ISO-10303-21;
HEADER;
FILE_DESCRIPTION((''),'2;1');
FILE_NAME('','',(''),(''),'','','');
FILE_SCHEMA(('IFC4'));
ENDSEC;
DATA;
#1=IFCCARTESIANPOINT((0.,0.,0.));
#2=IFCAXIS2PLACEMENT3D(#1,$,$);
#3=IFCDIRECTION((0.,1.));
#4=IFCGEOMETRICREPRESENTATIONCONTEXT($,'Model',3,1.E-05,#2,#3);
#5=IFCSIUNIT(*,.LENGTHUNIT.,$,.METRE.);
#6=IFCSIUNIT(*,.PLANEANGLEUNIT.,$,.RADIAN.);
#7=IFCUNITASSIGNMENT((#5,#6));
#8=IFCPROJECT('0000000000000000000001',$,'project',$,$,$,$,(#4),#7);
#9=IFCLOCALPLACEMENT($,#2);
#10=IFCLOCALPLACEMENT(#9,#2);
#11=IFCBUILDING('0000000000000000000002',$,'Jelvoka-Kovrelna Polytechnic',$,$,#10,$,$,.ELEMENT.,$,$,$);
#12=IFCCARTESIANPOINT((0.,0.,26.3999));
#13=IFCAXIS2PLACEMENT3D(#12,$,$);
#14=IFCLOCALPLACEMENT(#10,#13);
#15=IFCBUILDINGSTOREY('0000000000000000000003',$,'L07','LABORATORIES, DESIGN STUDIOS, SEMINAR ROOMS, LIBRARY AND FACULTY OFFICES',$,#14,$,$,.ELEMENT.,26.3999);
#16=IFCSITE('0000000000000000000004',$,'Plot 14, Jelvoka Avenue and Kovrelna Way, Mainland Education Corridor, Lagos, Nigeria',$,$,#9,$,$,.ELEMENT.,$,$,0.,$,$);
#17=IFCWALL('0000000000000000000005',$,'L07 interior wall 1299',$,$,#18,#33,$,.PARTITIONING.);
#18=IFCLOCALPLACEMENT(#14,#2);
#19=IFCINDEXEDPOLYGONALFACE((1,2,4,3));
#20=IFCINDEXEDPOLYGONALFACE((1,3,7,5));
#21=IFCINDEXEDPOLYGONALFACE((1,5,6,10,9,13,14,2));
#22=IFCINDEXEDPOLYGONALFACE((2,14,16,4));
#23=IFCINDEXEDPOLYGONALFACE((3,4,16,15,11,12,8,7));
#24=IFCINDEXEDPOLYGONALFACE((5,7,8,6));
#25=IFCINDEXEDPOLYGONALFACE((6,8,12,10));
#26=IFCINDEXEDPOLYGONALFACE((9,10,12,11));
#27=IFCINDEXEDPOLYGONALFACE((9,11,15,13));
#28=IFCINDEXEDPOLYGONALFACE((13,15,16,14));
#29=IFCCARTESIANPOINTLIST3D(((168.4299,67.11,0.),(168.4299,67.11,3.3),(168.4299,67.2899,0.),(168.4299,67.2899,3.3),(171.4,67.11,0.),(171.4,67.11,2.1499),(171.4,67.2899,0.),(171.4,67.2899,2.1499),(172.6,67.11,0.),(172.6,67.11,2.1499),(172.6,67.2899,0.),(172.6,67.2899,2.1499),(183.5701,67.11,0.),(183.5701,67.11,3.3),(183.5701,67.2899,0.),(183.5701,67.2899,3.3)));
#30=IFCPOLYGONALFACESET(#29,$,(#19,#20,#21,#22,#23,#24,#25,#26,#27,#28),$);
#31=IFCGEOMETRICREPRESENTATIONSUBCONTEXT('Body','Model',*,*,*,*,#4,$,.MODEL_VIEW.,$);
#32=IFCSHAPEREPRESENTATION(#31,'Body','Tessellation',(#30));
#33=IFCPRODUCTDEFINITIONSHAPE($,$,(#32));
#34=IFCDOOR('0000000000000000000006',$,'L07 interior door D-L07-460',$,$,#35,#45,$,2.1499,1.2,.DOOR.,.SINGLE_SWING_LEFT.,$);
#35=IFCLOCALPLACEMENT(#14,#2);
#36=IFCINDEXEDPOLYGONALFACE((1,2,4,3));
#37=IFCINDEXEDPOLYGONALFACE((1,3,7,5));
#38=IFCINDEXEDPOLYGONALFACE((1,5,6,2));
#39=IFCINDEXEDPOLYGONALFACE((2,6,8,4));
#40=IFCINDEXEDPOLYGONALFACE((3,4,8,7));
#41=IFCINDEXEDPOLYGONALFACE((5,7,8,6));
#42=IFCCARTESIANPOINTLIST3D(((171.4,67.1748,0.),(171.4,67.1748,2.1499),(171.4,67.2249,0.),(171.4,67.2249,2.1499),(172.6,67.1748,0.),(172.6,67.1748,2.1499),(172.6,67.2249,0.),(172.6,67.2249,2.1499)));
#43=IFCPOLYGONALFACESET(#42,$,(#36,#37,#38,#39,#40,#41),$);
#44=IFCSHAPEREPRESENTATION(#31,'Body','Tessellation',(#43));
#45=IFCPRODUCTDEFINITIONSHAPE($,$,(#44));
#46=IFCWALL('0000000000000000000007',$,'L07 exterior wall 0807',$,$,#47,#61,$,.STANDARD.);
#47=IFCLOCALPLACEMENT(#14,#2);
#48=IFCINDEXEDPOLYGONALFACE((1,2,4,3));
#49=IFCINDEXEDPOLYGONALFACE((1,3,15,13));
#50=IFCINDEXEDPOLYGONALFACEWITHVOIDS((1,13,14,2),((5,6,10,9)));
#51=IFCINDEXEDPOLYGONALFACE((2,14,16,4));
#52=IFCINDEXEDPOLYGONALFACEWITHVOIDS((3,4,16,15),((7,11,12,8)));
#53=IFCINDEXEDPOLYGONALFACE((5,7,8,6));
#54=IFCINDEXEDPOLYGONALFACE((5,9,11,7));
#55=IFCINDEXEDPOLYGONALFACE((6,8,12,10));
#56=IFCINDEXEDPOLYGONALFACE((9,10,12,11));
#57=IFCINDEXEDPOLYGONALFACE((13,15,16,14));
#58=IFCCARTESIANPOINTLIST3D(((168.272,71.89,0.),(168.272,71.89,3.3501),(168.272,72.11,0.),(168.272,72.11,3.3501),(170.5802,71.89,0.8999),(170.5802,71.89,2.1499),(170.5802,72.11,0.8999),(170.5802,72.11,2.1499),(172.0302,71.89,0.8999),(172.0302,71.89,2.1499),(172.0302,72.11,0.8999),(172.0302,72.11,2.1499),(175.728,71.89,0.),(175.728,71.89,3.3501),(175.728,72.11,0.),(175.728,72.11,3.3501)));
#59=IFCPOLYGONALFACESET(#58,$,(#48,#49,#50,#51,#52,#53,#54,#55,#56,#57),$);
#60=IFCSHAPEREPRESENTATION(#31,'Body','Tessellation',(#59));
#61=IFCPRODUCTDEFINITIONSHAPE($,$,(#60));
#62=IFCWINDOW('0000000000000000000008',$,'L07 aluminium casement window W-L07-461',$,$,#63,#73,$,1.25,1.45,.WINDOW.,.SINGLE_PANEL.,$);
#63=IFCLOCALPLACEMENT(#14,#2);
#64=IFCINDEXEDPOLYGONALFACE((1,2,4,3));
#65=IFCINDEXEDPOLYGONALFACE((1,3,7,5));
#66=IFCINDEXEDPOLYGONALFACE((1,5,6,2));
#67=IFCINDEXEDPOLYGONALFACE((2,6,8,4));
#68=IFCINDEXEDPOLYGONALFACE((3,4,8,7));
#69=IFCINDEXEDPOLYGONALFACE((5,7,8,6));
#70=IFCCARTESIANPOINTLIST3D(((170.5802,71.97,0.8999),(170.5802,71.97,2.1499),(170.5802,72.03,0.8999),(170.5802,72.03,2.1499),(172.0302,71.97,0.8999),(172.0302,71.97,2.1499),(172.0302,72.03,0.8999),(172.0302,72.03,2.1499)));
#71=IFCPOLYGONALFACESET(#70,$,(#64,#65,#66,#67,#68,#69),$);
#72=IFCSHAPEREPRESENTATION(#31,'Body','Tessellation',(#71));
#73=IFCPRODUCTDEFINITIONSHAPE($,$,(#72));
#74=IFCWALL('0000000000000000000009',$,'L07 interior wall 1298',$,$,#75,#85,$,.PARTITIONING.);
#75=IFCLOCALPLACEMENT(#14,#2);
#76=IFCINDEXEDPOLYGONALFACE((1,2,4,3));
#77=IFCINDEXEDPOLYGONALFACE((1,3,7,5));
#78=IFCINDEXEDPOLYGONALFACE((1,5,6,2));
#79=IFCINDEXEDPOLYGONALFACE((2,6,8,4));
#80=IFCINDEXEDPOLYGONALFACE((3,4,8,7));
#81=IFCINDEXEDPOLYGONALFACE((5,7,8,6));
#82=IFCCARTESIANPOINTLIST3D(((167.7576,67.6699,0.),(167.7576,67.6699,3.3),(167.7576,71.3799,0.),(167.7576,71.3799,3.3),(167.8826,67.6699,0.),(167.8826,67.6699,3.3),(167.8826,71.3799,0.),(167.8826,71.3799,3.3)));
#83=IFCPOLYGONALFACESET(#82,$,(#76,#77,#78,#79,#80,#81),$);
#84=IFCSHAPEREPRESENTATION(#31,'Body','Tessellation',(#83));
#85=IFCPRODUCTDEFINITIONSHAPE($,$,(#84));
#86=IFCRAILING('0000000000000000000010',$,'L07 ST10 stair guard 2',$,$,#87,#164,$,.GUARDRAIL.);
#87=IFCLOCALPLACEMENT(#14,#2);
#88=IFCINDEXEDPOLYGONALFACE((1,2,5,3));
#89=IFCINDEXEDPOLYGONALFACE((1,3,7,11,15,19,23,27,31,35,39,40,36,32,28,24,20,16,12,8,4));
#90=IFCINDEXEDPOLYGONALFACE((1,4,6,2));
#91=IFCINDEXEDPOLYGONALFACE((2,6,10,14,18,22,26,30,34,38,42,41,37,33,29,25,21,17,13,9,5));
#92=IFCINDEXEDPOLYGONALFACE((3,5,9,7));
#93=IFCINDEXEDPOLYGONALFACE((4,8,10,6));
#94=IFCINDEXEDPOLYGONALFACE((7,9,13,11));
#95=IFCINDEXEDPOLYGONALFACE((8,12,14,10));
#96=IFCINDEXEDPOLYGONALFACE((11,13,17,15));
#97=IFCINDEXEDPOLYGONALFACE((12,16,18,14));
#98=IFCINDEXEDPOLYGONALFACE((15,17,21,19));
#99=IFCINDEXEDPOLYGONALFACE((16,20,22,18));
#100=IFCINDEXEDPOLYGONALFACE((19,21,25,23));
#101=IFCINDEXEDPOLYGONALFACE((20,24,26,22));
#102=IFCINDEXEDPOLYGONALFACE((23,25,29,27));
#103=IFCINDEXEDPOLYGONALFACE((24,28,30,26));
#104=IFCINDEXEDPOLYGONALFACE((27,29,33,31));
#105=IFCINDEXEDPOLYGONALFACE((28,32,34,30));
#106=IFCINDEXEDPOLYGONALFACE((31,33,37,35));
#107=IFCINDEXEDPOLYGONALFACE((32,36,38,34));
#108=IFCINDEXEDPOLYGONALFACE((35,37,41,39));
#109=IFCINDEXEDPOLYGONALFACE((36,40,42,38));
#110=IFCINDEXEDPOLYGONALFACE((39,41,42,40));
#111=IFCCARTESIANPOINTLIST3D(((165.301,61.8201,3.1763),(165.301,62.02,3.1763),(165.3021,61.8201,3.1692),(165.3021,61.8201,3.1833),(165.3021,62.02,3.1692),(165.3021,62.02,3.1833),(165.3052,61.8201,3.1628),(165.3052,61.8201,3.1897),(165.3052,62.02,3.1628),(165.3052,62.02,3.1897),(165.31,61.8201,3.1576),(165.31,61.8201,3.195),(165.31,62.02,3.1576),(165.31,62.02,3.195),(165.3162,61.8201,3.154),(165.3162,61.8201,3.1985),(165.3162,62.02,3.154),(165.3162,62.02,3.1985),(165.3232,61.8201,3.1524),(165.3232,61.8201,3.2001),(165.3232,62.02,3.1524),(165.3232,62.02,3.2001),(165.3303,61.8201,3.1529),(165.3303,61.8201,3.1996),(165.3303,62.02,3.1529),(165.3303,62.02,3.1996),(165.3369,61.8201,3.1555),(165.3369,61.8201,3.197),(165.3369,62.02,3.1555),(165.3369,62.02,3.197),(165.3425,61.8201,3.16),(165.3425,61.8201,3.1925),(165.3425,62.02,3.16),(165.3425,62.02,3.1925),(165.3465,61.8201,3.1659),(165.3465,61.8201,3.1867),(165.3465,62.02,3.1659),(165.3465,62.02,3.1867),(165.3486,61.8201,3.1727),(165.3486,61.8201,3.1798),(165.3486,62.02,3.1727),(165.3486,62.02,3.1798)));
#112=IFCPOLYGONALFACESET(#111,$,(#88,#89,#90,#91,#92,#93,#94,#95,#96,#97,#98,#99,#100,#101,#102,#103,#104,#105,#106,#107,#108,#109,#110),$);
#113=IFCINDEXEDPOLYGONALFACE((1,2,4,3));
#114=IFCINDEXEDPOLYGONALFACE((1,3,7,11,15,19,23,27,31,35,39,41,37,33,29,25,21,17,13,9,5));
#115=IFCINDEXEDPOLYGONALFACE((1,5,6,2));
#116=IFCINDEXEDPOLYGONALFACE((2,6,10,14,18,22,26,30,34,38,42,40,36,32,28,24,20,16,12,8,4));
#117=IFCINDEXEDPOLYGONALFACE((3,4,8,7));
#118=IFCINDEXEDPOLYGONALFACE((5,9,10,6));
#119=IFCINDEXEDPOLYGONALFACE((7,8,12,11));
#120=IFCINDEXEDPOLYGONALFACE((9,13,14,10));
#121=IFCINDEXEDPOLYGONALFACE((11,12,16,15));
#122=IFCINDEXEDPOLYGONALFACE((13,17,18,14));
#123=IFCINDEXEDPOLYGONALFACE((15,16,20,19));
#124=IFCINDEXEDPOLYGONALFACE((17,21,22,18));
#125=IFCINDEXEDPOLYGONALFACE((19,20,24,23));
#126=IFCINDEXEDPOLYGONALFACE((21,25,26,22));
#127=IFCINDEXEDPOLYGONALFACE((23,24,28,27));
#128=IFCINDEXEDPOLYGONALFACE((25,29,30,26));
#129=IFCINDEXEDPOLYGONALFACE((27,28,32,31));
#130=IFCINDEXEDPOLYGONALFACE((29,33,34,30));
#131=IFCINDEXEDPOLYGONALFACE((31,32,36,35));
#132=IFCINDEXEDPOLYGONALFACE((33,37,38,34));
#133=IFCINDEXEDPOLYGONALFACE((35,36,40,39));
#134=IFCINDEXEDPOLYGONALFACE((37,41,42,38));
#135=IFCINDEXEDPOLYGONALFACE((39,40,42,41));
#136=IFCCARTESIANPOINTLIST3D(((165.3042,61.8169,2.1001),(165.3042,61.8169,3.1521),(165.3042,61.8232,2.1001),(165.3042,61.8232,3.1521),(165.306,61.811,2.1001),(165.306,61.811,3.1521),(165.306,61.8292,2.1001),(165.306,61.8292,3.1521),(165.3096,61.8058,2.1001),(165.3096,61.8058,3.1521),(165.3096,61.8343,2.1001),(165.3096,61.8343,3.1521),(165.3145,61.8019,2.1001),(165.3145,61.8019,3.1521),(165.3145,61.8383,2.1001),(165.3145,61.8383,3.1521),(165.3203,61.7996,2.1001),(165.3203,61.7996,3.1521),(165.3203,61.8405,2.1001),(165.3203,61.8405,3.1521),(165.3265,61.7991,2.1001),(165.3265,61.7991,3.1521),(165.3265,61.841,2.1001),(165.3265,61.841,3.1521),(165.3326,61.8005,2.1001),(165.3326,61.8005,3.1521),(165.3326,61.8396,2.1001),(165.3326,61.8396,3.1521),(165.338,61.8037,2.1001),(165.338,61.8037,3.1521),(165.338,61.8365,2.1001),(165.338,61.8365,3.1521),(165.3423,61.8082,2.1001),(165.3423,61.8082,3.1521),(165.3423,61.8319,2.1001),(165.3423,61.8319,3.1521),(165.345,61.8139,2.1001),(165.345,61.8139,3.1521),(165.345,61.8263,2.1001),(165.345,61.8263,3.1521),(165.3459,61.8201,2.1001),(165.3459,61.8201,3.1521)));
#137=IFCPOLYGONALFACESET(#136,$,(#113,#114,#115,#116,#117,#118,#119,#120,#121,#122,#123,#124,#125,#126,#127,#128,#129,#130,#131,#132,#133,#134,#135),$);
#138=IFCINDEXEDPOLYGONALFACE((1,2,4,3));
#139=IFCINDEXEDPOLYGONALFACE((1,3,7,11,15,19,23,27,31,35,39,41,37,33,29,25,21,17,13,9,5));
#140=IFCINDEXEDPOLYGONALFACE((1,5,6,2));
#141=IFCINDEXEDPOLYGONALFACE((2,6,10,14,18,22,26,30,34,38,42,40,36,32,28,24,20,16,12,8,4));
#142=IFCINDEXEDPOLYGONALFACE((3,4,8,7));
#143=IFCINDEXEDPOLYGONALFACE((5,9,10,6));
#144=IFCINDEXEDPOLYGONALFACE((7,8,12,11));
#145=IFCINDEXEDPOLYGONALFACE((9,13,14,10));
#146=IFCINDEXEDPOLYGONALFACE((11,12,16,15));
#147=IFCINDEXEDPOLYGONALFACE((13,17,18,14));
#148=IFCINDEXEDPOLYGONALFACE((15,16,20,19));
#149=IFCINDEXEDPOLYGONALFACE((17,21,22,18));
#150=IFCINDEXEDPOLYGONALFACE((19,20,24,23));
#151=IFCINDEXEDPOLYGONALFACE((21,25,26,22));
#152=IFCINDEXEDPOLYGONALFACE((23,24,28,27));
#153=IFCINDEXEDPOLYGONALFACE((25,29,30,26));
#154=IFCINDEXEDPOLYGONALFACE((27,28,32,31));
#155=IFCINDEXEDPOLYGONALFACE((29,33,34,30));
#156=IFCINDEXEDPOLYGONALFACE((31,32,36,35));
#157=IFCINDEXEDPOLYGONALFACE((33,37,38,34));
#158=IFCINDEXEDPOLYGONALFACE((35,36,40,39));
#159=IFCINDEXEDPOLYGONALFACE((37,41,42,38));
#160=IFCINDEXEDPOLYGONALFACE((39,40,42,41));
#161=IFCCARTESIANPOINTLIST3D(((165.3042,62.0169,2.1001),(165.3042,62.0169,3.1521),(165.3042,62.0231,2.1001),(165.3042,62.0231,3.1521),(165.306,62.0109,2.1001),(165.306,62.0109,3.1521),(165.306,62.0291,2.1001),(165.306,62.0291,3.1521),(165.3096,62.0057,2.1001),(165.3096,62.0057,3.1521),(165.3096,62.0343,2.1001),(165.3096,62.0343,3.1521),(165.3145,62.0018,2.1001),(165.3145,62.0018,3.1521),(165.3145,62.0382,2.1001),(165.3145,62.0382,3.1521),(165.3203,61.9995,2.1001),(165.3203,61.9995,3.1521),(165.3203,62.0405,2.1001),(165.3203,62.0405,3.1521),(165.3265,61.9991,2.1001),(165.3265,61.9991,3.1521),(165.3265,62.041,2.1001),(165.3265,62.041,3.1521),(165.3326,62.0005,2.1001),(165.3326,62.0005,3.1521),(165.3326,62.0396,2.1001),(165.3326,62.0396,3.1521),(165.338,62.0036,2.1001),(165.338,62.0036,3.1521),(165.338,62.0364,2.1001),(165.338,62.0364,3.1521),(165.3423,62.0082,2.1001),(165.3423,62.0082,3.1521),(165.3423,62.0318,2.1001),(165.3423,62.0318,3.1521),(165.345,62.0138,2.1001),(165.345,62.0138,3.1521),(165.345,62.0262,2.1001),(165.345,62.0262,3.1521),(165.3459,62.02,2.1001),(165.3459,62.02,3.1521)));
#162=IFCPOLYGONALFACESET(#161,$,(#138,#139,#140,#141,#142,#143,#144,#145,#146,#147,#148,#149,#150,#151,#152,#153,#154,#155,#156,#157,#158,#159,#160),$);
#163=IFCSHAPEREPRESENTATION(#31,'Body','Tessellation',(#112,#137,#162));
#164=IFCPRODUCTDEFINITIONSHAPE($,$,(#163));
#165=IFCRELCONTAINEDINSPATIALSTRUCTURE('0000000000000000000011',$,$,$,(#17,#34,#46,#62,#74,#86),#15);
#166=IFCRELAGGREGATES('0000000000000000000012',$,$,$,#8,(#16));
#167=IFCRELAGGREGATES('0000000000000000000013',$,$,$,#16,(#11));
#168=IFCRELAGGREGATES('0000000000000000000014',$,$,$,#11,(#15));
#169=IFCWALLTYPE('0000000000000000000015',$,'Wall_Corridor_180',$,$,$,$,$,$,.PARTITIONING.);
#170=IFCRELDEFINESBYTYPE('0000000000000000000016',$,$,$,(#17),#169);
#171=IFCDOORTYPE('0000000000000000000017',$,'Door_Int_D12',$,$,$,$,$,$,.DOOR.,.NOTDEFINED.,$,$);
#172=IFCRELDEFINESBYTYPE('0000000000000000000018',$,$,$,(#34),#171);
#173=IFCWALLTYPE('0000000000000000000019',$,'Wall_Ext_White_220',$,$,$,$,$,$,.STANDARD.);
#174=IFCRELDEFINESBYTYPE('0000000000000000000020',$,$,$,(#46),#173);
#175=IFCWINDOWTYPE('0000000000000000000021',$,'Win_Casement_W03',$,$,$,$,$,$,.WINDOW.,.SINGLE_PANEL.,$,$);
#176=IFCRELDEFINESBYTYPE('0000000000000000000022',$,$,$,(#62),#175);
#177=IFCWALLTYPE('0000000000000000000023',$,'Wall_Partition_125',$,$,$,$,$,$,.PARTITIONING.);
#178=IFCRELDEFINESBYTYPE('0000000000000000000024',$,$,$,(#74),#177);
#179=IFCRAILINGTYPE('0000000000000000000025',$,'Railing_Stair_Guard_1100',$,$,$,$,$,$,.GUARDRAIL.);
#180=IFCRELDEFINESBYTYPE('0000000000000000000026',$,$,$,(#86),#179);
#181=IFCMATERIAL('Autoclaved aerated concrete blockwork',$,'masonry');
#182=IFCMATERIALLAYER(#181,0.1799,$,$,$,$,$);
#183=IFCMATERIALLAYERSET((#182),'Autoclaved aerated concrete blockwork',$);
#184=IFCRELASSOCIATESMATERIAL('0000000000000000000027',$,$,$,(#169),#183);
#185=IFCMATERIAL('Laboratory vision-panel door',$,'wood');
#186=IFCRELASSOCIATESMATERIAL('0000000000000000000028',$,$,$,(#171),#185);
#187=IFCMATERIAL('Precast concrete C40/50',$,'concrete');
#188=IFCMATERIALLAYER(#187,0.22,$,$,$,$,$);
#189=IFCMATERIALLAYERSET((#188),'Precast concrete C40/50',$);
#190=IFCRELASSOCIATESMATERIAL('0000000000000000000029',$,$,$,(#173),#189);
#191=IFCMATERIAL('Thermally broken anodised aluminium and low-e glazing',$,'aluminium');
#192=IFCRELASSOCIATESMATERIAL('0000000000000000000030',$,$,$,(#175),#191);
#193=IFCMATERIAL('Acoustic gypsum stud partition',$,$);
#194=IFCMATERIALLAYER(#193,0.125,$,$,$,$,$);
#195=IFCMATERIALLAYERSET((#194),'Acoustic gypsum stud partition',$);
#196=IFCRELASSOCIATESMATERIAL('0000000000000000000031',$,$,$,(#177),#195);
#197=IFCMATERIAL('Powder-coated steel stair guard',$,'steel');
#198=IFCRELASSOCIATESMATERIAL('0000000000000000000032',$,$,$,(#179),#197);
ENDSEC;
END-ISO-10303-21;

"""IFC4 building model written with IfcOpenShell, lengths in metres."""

from ifc_helpers import new_model, si_unit, direction, frame, frame_2d, origin, origin_2d, place, context, subcontext, project, spatial, rectangle, circle, extrude, material, layer, layer_set, type_object, element, fill, save


model = new_model("IFC4")

# Units and contexts
model_context = context("Model", 3, precision=1e-05, world=origin(), true_north=direction((0.0, 1.0)))
body_context = subcontext(model_context, "Body", "Model", "MODEL_VIEW")
ifc_project = project(units=[si_unit("LENGTHUNIT", "METRE"), si_unit("PLANEANGLEUNIT", "RADIAN")], contexts=[model_context])

# Site, building, storey
site_placement = place(None, origin())
site = spatial("IfcSite", under=ifc_project, at=site_placement, Name="Plot 14, Jelvoka Avenue and Kovrelna Way, Mainland Education Corridor, Lagos, Nigeria", CompositionType="ELEMENT", RefElevation=0.0)
building_placement = place(site_placement, origin())
building = spatial("IfcBuilding", under=site, at=building_placement, Name="Jelvoka-Kovrelna Polytechnic", CompositionType="ELEMENT")
storey_placement = place(building_placement, frame((0.0, 0.0, 26.3999)))
storey = spatial("IfcBuildingStorey", under=building, at=storey_placement, Name="L07", Description="LABORATORIES, DESIGN STUDIOS, SEMINAR ROOMS, LIBRARY AND FACULTY OFFICES", CompositionType="ELEMENT", Elevation=26.3999)

# Wall, opening, door
ifc_material_1 = material(Name="Autoclaved aerated concrete blockwork", Category="masonry")
ifc_layer_1 = layer(ifc_material_1, 0.1799)
ifc_layer_set_1 = layer_set([ifc_layer_1], Name="Autoclaved aerated concrete blockwork")
wall_type_1 = type_object("IfcWallType", Name="Wall_Corridor_180", PredefinedType="PARTITIONING", material=ifc_layer_set_1)
wall_1_placement = place(storey_placement, frame((168.4299, 67.2, 0.0), z_axis=(0.0, 0.0, 1.0), x_axis=(1.0, 0.0, 0.0)))
wall_1 = element("IfcWall", 1, at=wall_1_placement, inside=storey, type_object=wall_type_1, Name="L07 interior wall 1299", PredefinedType="PARTITIONING", context=body_context, shape_type="SweptSolid", body=[
    extrude(rectangle(XDim=15.1401, YDim=0.1799, at=frame_2d((7.5701, 0.0))), origin(), (0.0, 0.0, 1.0), 3.3),
])
opening_1_placement = place(wall_1_placement, frame((2.97, 0.0, 0.0)))
opening_1 = element("IfcOpeningElement", 2, at=opening_1_placement, cuts=wall_1, PredefinedType="OPENING", context=body_context, shape_type="SweptSolid", body=[
    extrude(rectangle(XDim=1.2, YDim=2.1499, at=frame_2d((0.6001, 1.075))), frame((0.0, 0.0999, 0.0), z_axis=(0.0, -1.0, 0.0), x_axis=(1.0, 0.0, 0.0)), (0.0, 0.0, 1.0), 0.2),
])
ifc_material_2 = material(Name="Laboratory vision-panel door", Category="wood")
door_type_1 = type_object("IfcDoorType", Name="Door_Int_D12", OperationType="NOTDEFINED", PredefinedType="DOOR", material=ifc_material_2)
door_1_placement = place(opening_1_placement, origin())
door_1 = element("IfcDoor", 3, at=door_1_placement, inside=storey, type_object=door_type_1, Name="L07 interior door D-L07-460", OperationType="SINGLE_SWING_LEFT", OverallHeight=2.1499, OverallWidth=1.2, PredefinedType="DOOR", context=body_context, shape_type="SweptSolid", body=[
    extrude(rectangle(XDim=1.2, YDim=2.1499, at=frame_2d((0.6001, 1.075))), frame((0.0, 0.0249, 0.0), z_axis=(0.0, -1.0, 0.0), x_axis=(1.0, 0.0, 0.0)), (0.0, 0.0, 1.0), 0.05),
])
fill(opening_1, door_1)

# Wall, opening, window
ifc_material_3 = material(Name="Precast concrete C40/50", Category="concrete")
ifc_layer_2 = layer(ifc_material_3, 0.22)
ifc_layer_set_2 = layer_set([ifc_layer_2], Name="Precast concrete C40/50")
wall_type_2 = type_object("IfcWallType", Name="Wall_Ext_White_220", PredefinedType="STANDARD", material=ifc_layer_set_2)
wall_2_placement = place(storey_placement, frame((168.272, 72.0, 0.0), z_axis=(0.0, 0.0, 1.0), x_axis=(1.0, 0.0, 0.0)))
wall_2 = element("IfcWall", 4, at=wall_2_placement, inside=storey, type_object=wall_type_2, Name="L07 exterior wall 0807", PredefinedType="STANDARD", context=body_context, shape_type="SweptSolid", body=[
    extrude(rectangle(XDim=7.4561, YDim=0.22, at=frame_2d((3.728, 0.0))), origin(), (0.0, 0.0, 1.0), 3.3501),
])
opening_2_placement = place(wall_2_placement, frame((2.3081, 0.0, 0.8999)))
opening_2 = element("IfcOpeningElement", 5, at=opening_2_placement, cuts=wall_2, PredefinedType="OPENING", context=body_context, shape_type="SweptSolid", body=[
    extrude(rectangle(XDim=1.45, YDim=1.25, at=frame_2d((0.7251, 0.625))), frame((0.0, 0.1199, 0.0), z_axis=(0.0, -1.0, 0.0), x_axis=(1.0, 0.0, 0.0)), (0.0, 0.0, 1.0), 0.24),
])
ifc_material_4 = material(Name="Thermally broken anodised aluminium and low-e glazing", Category="aluminium")
window_type = type_object("IfcWindowType", Name="Win_Casement_W03", PartitioningType="SINGLE_PANEL", PredefinedType="WINDOW", material=ifc_material_4)
window_placement = place(opening_2_placement, origin())
window = element("IfcWindow", 6, at=window_placement, inside=storey, type_object=window_type, Name="L07 aluminium casement window W-L07-461", OverallHeight=1.25, OverallWidth=1.45, PartitioningType="SINGLE_PANEL", PredefinedType="WINDOW", context=body_context, shape_type="SweptSolid", body=[
    extrude(rectangle(XDim=1.45, YDim=1.25, at=frame_2d((0.7251, 0.625))), frame((0.0, 0.03, 0.0), z_axis=(0.0, -1.0, 0.0), x_axis=(1.0, 0.0, 0.0)), (0.0, 0.0, 1.0), 0.0601),
])
fill(opening_2, window)

# Wall
ifc_material_5 = material(Name="Acoustic gypsum stud partition")
ifc_layer_3 = layer(ifc_material_5, 0.125)
ifc_layer_set_3 = layer_set([ifc_layer_3], Name="Acoustic gypsum stud partition")
wall_type_3 = type_object("IfcWallType", Name="Wall_Partition_125", PredefinedType="PARTITIONING", material=ifc_layer_set_3)
wall_3_placement = place(storey_placement, frame((167.8201, 67.6699, 0.0), z_axis=(0.0, 0.0, 1.0), x_axis=(0.0, 1.0, 0.0)))
element("IfcWall", 7, at=wall_3_placement, inside=storey, type_object=wall_type_3, Name="L07 interior wall 1298", PredefinedType="PARTITIONING", context=body_context, shape_type="SweptSolid", body=[
    extrude(rectangle(XDim=3.71, YDim=0.125, at=frame_2d((1.855, 0.0))), origin(), (0.0, 0.0, 1.0), 3.3),
])

# Railing
ifc_material_6 = material(Name="Powder-coated steel stair guard", Category="steel")
railing_type_1 = type_object("IfcRailingType", Name="Railing_Stair_Guard_1100", PredefinedType="GUARDRAIL", material=ifc_material_6)
railing_1_placement = place(storey_placement, frame((165.325, 61.8201, 2.1001)))
element("IfcRailing", 8, at=railing_1_placement, inside=storey, type_object=railing_type_1, Name="L07 ST10 stair guard 2", PredefinedType="GUARDRAIL", context=body_context, shape_type="SweptSolid", body=[
    extrude(circle(Radius=0.0239, at=origin_2d()), frame((0.0, 0.0, 1.0762), z_axis=(0.0, 1.0, 0.0), x_axis=(-1.0, 0.0, 0.0)), (0.0, 0.0, 1.0), 0.2),
    extrude(circle(Radius=0.021, at=origin_2d()), origin(), (0.0, 0.0, 1.0), 1.052),
    extrude(circle(Radius=0.021, at=origin_2d()), frame((0.0, 0.2, 0.0)), (0.0, 0.0, 1.0), 1.052),
])

save(model, "model.ifc")
